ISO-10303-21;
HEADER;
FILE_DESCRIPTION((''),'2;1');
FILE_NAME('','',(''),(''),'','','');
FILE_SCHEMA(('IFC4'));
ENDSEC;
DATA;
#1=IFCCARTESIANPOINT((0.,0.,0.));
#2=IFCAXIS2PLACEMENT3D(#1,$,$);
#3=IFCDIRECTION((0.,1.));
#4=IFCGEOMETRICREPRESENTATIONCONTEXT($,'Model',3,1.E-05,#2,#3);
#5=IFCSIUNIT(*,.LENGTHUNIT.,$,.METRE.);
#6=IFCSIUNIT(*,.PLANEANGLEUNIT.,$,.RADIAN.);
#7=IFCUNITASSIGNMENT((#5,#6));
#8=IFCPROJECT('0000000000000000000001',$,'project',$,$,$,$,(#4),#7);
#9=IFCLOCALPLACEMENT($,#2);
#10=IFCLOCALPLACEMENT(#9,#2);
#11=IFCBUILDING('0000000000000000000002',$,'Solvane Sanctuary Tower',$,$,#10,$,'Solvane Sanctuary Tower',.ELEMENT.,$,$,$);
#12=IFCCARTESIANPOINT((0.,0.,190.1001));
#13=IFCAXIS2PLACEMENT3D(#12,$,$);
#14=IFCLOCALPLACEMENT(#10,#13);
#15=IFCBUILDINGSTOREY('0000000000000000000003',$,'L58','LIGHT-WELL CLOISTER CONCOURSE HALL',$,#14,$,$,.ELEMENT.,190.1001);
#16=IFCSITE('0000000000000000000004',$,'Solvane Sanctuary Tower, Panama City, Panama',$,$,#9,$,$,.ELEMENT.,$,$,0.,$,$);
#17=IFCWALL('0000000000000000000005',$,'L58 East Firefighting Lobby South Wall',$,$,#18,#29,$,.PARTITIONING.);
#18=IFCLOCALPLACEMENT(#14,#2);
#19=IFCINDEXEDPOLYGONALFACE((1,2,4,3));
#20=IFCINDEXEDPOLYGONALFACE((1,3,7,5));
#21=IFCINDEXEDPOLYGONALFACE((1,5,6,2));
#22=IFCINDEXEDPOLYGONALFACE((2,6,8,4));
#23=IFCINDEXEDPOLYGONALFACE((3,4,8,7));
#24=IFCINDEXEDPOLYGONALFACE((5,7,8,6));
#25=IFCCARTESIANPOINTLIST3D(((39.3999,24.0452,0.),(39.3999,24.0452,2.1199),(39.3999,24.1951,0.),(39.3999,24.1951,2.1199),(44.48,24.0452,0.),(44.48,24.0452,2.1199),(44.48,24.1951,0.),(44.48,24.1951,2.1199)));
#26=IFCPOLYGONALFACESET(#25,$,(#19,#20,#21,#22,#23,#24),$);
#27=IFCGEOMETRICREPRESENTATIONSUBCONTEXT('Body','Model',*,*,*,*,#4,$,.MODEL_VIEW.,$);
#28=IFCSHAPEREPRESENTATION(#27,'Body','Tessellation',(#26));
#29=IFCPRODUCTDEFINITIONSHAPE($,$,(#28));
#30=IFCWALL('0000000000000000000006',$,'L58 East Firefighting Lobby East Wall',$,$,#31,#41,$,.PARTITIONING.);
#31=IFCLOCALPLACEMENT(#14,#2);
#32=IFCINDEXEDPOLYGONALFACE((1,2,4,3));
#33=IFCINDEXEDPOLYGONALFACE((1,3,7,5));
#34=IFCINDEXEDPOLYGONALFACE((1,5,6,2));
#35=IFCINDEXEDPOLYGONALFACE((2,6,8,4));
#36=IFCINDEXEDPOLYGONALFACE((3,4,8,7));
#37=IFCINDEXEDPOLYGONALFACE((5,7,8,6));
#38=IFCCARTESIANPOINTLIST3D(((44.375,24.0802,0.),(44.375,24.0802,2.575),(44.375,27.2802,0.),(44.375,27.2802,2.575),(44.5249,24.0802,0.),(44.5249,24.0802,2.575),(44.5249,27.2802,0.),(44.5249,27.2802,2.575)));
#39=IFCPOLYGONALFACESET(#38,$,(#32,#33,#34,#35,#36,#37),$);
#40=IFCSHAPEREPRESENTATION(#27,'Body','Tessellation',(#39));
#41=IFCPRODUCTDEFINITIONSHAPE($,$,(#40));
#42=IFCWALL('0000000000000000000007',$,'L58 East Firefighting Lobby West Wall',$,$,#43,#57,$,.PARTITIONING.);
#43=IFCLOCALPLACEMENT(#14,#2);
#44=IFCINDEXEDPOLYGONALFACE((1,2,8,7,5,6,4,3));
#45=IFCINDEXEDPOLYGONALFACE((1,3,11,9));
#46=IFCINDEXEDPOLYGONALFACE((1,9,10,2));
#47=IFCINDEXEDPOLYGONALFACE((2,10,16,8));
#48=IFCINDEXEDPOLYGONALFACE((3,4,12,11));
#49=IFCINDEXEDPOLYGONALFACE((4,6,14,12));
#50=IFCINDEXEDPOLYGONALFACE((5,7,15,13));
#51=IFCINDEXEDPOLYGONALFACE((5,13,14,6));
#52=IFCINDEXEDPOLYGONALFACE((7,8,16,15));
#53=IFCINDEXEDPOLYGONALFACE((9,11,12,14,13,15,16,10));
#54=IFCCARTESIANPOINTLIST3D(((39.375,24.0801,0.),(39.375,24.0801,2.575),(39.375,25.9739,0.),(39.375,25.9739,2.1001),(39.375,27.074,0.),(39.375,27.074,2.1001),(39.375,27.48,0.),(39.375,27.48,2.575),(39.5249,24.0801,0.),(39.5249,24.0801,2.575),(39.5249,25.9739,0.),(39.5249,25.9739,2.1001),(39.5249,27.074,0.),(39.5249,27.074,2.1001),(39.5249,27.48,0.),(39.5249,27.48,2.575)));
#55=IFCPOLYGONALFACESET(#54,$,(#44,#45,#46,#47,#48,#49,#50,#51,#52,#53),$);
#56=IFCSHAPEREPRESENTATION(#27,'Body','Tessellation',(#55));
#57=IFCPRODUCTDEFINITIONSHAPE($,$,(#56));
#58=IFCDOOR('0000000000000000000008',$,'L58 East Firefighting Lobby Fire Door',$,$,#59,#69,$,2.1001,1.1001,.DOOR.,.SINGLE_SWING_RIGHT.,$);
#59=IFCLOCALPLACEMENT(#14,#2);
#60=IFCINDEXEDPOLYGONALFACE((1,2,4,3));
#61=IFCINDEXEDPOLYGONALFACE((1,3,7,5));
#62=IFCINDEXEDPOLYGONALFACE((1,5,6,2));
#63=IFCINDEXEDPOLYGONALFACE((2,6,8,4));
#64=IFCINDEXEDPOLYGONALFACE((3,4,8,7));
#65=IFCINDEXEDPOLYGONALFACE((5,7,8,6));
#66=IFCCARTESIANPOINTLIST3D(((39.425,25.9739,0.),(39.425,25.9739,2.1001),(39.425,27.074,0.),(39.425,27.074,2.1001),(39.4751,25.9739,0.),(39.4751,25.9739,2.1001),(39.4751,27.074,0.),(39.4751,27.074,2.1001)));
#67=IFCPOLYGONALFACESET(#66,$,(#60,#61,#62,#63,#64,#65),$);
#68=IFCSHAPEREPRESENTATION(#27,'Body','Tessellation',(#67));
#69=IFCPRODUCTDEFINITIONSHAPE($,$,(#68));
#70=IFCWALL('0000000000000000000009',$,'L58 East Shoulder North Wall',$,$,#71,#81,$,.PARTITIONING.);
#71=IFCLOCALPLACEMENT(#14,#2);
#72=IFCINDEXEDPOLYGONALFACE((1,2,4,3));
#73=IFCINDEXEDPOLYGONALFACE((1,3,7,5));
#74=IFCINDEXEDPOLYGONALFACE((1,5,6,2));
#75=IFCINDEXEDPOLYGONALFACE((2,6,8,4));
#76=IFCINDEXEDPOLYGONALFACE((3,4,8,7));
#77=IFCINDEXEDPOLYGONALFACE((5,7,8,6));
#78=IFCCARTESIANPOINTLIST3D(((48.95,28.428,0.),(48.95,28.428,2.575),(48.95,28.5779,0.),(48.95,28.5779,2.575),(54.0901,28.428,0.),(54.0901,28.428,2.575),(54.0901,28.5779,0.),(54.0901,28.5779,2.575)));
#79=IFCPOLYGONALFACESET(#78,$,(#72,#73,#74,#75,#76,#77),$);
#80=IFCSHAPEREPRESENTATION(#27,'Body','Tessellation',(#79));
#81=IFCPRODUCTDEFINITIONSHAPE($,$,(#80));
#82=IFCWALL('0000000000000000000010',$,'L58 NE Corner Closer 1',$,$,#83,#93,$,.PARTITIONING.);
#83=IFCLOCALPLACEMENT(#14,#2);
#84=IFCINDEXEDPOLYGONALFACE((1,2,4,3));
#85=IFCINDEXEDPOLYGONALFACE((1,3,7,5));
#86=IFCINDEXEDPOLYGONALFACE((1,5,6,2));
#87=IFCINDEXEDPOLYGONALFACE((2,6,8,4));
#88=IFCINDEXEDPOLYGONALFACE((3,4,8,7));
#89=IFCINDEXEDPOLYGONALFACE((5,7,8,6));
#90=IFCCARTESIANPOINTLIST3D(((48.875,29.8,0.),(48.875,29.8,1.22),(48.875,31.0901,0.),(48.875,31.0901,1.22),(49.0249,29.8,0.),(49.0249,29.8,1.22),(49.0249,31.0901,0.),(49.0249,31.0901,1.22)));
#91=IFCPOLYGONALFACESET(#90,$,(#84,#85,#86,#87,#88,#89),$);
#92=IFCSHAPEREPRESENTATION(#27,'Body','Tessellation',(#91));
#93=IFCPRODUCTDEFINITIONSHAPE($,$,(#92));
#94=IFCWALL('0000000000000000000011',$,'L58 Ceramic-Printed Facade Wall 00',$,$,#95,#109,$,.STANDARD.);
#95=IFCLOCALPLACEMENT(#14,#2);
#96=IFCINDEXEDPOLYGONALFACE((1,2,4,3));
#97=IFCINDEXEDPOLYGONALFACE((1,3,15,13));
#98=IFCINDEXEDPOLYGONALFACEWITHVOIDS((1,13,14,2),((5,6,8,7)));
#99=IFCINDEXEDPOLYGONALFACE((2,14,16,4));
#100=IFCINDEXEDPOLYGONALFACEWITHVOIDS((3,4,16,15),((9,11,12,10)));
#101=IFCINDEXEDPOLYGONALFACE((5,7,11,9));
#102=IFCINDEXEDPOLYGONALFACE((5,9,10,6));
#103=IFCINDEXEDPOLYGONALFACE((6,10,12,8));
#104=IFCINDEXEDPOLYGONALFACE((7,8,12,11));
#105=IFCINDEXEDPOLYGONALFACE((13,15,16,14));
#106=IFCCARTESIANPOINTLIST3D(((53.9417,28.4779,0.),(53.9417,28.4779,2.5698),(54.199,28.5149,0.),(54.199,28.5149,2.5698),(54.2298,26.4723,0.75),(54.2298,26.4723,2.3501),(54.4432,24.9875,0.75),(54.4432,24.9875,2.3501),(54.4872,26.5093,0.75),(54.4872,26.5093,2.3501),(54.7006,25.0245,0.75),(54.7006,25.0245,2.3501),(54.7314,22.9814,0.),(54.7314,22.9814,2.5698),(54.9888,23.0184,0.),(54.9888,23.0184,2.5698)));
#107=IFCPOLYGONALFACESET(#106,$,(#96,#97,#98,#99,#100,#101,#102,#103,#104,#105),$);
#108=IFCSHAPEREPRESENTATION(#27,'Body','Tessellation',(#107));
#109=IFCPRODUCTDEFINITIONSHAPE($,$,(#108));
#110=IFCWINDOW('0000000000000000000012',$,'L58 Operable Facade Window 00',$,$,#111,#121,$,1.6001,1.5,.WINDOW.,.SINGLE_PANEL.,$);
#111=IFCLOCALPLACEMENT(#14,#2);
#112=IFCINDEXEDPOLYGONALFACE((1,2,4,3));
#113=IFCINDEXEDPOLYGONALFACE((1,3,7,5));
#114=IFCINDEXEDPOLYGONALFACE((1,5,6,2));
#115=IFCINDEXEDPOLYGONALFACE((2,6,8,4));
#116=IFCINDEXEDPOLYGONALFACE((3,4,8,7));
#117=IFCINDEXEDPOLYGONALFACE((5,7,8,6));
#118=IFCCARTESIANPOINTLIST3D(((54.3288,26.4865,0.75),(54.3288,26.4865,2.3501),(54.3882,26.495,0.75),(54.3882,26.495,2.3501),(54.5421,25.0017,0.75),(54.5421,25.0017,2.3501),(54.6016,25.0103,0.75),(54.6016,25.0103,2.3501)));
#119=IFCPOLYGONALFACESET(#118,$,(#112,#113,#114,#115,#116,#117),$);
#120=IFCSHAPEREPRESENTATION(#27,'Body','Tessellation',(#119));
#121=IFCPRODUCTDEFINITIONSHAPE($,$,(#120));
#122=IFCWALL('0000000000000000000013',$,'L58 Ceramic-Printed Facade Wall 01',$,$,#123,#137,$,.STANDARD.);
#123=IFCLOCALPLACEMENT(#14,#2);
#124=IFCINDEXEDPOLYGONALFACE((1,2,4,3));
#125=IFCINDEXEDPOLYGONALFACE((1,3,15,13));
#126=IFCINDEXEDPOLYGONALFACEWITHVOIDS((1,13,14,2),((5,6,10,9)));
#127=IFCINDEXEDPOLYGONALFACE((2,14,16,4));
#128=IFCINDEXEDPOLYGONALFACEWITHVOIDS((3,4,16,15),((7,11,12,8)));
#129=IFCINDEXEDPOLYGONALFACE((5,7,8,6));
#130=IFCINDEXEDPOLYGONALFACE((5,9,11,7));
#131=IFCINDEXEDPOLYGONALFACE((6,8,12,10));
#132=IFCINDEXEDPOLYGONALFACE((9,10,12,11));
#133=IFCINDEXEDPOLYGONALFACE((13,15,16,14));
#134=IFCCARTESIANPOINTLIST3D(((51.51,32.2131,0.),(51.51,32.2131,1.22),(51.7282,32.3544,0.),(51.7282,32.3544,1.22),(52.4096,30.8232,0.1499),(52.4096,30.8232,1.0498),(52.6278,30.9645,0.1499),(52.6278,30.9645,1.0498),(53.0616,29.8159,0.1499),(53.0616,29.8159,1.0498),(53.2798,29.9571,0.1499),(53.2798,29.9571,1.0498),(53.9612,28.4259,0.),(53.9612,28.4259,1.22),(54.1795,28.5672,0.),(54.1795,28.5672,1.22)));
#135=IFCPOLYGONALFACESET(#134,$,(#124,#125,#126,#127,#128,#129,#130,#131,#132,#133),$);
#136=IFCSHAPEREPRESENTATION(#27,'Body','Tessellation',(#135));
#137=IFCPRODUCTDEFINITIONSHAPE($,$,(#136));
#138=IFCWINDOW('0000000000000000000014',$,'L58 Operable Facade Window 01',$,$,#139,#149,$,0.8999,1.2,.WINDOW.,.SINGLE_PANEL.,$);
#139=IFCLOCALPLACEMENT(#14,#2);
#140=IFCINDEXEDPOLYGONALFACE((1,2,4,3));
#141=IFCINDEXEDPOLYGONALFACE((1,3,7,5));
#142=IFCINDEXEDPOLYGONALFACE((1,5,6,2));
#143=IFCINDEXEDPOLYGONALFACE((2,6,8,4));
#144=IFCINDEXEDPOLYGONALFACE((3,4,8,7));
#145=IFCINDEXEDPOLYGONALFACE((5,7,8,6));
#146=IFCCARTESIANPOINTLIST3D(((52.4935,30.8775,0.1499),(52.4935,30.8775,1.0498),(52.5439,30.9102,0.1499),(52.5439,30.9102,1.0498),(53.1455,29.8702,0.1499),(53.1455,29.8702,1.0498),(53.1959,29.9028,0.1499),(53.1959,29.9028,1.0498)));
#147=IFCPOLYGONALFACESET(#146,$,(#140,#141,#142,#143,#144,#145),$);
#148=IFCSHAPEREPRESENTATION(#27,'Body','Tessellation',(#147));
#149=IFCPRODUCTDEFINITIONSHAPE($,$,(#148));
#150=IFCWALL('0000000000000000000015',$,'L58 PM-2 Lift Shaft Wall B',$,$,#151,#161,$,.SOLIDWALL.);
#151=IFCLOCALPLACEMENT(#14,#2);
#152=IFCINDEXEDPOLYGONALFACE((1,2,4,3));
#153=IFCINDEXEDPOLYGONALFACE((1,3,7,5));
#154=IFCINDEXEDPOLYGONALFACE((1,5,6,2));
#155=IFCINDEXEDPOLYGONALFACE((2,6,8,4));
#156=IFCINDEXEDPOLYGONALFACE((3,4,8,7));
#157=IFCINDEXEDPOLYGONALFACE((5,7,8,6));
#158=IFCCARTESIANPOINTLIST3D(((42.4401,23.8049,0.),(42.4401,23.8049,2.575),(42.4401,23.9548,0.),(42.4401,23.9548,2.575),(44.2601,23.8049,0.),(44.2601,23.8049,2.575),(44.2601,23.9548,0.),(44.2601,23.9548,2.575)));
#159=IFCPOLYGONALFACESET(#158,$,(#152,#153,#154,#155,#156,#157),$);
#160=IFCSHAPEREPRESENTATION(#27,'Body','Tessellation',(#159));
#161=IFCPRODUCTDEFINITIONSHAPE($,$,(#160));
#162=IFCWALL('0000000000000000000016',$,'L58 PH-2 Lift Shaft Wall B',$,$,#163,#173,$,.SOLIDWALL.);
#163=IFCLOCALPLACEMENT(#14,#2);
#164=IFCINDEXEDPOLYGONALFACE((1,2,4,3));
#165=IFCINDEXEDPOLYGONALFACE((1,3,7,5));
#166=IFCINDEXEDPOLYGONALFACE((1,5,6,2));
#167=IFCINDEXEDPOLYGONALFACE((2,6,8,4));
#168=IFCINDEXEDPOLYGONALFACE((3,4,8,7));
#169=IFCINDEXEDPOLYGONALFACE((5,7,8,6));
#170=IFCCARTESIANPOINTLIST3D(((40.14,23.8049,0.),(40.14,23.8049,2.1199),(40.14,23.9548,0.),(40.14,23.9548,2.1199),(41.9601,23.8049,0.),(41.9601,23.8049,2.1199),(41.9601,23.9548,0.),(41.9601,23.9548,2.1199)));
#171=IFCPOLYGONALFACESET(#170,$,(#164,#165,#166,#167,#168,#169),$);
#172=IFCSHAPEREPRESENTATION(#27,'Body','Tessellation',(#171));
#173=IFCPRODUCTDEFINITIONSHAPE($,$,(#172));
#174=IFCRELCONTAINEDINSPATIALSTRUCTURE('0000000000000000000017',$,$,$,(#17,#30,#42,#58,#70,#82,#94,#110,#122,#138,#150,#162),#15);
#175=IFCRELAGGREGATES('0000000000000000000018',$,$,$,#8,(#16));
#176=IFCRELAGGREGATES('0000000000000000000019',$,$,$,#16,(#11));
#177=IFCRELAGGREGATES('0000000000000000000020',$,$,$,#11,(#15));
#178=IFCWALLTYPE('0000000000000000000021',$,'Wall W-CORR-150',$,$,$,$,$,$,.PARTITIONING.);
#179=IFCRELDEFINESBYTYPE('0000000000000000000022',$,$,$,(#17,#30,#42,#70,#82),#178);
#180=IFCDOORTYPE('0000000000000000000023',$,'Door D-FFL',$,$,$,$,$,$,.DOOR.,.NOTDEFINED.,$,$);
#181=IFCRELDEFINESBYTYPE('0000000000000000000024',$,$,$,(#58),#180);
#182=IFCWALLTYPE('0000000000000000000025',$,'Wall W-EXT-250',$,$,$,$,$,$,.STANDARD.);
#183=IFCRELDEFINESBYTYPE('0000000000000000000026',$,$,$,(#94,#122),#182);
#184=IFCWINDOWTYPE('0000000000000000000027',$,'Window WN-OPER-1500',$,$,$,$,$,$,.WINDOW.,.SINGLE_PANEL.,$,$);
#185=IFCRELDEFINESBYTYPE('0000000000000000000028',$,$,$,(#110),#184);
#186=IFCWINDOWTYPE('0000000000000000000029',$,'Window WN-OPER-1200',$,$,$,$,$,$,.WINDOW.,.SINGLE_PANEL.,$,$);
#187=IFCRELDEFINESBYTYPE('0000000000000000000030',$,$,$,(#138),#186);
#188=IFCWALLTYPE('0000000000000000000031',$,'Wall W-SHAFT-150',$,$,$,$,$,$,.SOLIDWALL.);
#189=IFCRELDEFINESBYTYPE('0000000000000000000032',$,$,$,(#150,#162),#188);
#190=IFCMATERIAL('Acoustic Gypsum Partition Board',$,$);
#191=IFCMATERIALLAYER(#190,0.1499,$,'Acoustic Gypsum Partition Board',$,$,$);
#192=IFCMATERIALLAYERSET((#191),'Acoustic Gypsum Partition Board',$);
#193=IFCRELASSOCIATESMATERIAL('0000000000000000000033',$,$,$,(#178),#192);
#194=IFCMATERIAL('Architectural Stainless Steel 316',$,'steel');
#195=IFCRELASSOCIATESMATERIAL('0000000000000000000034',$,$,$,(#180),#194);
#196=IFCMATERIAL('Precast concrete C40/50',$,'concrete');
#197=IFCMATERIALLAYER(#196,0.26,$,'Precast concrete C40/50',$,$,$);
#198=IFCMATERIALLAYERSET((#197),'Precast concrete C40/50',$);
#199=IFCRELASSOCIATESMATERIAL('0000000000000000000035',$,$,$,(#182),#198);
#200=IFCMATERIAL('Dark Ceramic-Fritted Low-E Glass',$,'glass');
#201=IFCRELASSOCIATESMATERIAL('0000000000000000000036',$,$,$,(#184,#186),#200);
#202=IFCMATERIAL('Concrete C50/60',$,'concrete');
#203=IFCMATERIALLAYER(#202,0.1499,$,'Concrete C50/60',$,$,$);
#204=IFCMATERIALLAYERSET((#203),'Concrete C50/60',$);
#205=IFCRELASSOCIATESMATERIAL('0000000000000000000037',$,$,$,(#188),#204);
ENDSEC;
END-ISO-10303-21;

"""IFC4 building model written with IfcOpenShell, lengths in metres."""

from ifc_helpers import new_model, si_unit, direction, frame, frame_2d, origin, place, context, subcontext, project, spatial, rectangle, extrude, material, layer, layer_set, type_object, element, fill, save


model = new_model("IFC4")

# Units and contexts
model_context = context("Model", 3, precision=1e-05, world=origin(), true_north=direction((0.0, 1.0)))
body_context = subcontext(model_context, "Body", "Model", "MODEL_VIEW")
ifc_project = project(units=[si_unit("LENGTHUNIT", "METRE"), si_unit("PLANEANGLEUNIT", "RADIAN")], contexts=[model_context])

# Site, building, storey
site_placement = place(None, origin())
site = spatial("IfcSite", under=ifc_project, at=site_placement, Name="Solvane Sanctuary Tower, Panama City, Panama", CompositionType="ELEMENT", RefElevation=0.0)
building_placement = place(site_placement, origin())
building = spatial("IfcBuilding", under=site, at=building_placement, Name="Solvane Sanctuary Tower", LongName="Solvane Sanctuary Tower", CompositionType="ELEMENT")
storey_placement = place(building_placement, frame((0.0, 0.0, 190.1001)))
storey = spatial("IfcBuildingStorey", under=building, at=storey_placement, Name="L58", Description="LIGHT-WELL CLOISTER CONCOURSE HALL", CompositionType="ELEMENT", Elevation=190.1001)

# Walls
ifc_material_1 = material(Name="Acoustic Gypsum Partition Board")
ifc_layer_1 = layer(ifc_material_1, 0.1499, Name="Acoustic Gypsum Partition Board")
ifc_layer_set_1 = layer_set([ifc_layer_1], Name="Acoustic Gypsum Partition Board")
wall_type_1 = type_object("IfcWallType", Name="Wall W-CORR-150", PredefinedType="PARTITIONING", material=ifc_layer_set_1)
wall_1_placement = place(storey_placement, frame((39.3999, 24.1201, 0.0), z_axis=(0.0, 0.0, 1.0), x_axis=(1.0, 0.0, 0.0)))
element("IfcWall", 1, at=wall_1_placement, inside=storey, type_object=wall_type_1, Name="L58 East Firefighting Lobby South Wall", PredefinedType="PARTITIONING", context=body_context, shape_type="SweptSolid", body=[
    extrude(rectangle(XDim=5.0801, YDim=0.1499, at=frame_2d((2.54, 0.0))), origin(), (0.0, 0.0, 1.0), 2.1199),
])
wall_2_placement = place(storey_placement, frame((44.45, 24.0801, 0.0), z_axis=(0.0, 0.0, 1.0), x_axis=(0.0, 1.0, 0.0)))
element("IfcWall", 2, at=wall_2_placement, inside=storey, type_object=wall_type_1, Name="L58 East Firefighting Lobby East Wall", PredefinedType="PARTITIONING", context=body_context, shape_type="SweptSolid", body=[
    extrude(rectangle(XDim=3.2, YDim=0.1499, at=frame_2d((1.6001, 0.0))), origin(), (0.0, 0.0, 1.0), 2.575),
])

# Wall, opening, door
wall_3_placement = place(storey_placement, frame((39.45, 24.0801, 0.0), z_axis=(0.0, 0.0, 1.0), x_axis=(0.0, 1.0, 0.0)))
wall_3 = element("IfcWall", 3, at=wall_3_placement, inside=storey, type_object=wall_type_1, Name="L58 East Firefighting Lobby West Wall", PredefinedType="PARTITIONING", context=body_context, shape_type="SweptSolid", body=[
    extrude(rectangle(XDim=3.3999, YDim=0.1499, at=frame_2d((1.7, 0.0))), origin(), (0.0, 0.0, 1.0), 2.575),
])
opening_1_placement = place(wall_3_placement, frame((1.8938, 0.0, 0.0)))
opening_1 = element("IfcOpeningElement", 4, at=opening_1_placement, cuts=wall_3, PredefinedType="OPENING", context=body_context, shape_type="SweptSolid", body=[
    extrude(rectangle(XDim=1.1001, YDim=2.1001, at=frame_2d((0.55, 1.05))), frame((0.0, 0.085, 0.0), z_axis=(0.0, -1.0, 0.0), x_axis=(1.0, 0.0, 0.0)), (0.0, 0.0, 1.0), 0.1699),
])
ifc_material_2 = material(Name="Architectural Stainless Steel 316", Category="steel")
door_type_1 = type_object("IfcDoorType", Name="Door D-FFL", OperationType="NOTDEFINED", PredefinedType="DOOR", material=ifc_material_2)
door_1_placement = place(opening_1_placement, origin())
door_1 = element("IfcDoor", 5, at=door_1_placement, inside=storey, type_object=door_type_1, Name="L58 East Firefighting Lobby Fire Door", OperationType="SINGLE_SWING_RIGHT", OverallHeight=2.1001, OverallWidth=1.1001, PredefinedType="DOOR", context=body_context, shape_type="SweptSolid", body=[
    extrude(rectangle(XDim=1.1001, YDim=2.1001, at=frame_2d((0.55, 1.05))), frame((0.0, 0.0249, 0.0), z_axis=(0.0, -1.0, 0.0), x_axis=(1.0, 0.0, 0.0)), (0.0, 0.0, 1.0), 0.05),
])
fill(opening_1, door_1)

# Walls
wall_4_placement = place(storey_placement, frame((48.95, 28.5029, 0.0), z_axis=(0.0, 0.0, 1.0), x_axis=(1.0, 0.0, 0.0)))
element("IfcWall", 6, at=wall_4_placement, inside=storey, type_object=wall_type_1, Name="L58 East Shoulder North Wall", PredefinedType="PARTITIONING", context=body_context, shape_type="SweptSolid", body=[
    extrude(rectangle(XDim=5.1401, YDim=0.1499, at=frame_2d((2.5701, 0.0))), origin(), (0.0, 0.0, 1.0), 2.575),
])
wall_5_placement = place(storey_placement, frame((48.95, 29.8, 0.0), z_axis=(0.0, 0.0, 1.0), x_axis=(0.0, 1.0, 0.0)))
element("IfcWall", 7, at=wall_5_placement, inside=storey, type_object=wall_type_1, Name="L58 NE Corner Closer 1", PredefinedType="PARTITIONING", context=body_context, shape_type="SweptSolid", body=[
    extrude(rectangle(XDim=1.29, YDim=0.1499, at=frame_2d((0.645, 0.0))), origin(), (0.0, 0.0, 1.0), 1.22),
])

# Walls, openings, windows
ifc_material_3 = material(Name="Precast concrete C40/50", Category="concrete")
ifc_layer_2 = layer(ifc_material_3, 0.26, Name="Precast concrete C40/50")
ifc_layer_set_2 = layer_set([ifc_layer_2], Name="Precast concrete C40/50")
wall_type_2 = type_object("IfcWallType", Name="Wall W-EXT-250", PredefinedType="STANDARD", material=ifc_layer_set_2)
wall_6_placement = place(storey_placement, frame((54.8601, 23.0, 0.0), z_axis=(0.0, 0.0, 1.0), x_axis=(-0.142228, 0.989834, 0.0)))
wall_6 = element("IfcWall", 8, at=wall_6_placement, inside=storey, type_object=wall_type_2, Name="L58 Ceramic-Printed Facade Wall 00", PredefinedType="STANDARD", context=body_context, shape_type="SweptSolid", body=[
    extrude(rectangle(XDim=5.553, YDim=0.26, at=frame_2d((2.7764, 0.0))), origin(), (0.0, 0.0, 1.0), 2.5698),
])
opening_2_placement = place(wall_6_placement, frame((2.0266, 0.0, 0.75)))
opening_2 = element("IfcOpeningElement", 9, at=opening_2_placement, cuts=wall_6, PredefinedType="OPENING", context=body_context, shape_type="SweptSolid", body=[
    extrude(rectangle(XDim=1.5, YDim=1.6001, at=frame_2d((0.75, 0.8))), frame((0.0, 0.1399, 0.0), z_axis=(0.0, -1.0, 0.0), x_axis=(1.0, 0.0, 0.0)), (0.0, 0.0, 1.0), 0.28),
])
ifc_material_4 = material(Name="Dark Ceramic-Fritted Low-E Glass", Category="glass")
window_type_1 = type_object("IfcWindowType", Name="Window WN-OPER-1500", PartitioningType="SINGLE_PANEL", PredefinedType="WINDOW", material=ifc_material_4)
window_1_placement = place(opening_2_placement, origin())
window_1 = element("IfcWindow", 10, at=window_1_placement, inside=storey, type_object=window_type_1, Name="L58 Operable Facade Window 00", OverallHeight=1.6001, OverallWidth=1.5, PartitioningType="SINGLE_PANEL", PredefinedType="WINDOW", context=body_context, shape_type="SweptSolid", body=[
    extrude(rectangle(XDim=1.5, YDim=1.6001, at=frame_2d((0.75, 0.8))), frame((0.0, 0.03, 0.0), z_axis=(0.0, -1.0, 0.0), x_axis=(1.0, 0.0, 0.0)), (0.0, 0.0, 1.0), 0.0601),
])
fill(opening_2, window_1)
wall_7_placement = place(storey_placement, frame((54.0703, 28.4966, 0.0), z_axis=(0.0, 0.0, 1.0), x_axis=(-0.543359, 0.8395, 0.0)))
wall_7 = element("IfcWall", 11, at=wall_7_placement, inside=storey, type_object=wall_type_2, Name="L58 Ceramic-Printed Facade Wall 01", PredefinedType="STANDARD", context=body_context, shape_type="SweptSolid", body=[
    extrude(rectangle(XDim=4.5112, YDim=0.26, at=frame_2d((2.2556, 0.0))), origin(), (0.0, 0.0, 1.0), 1.22),
])
opening_3_placement = place(wall_7_placement, frame((1.6555, 0.0, 0.1499)))
opening_3 = element("IfcOpeningElement", 12, at=opening_3_placement, cuts=wall_7, PredefinedType="OPENING", context=body_context, shape_type="SweptSolid", body=[
    extrude(rectangle(XDim=1.2, YDim=0.8999, at=frame_2d((0.6001, 0.45))), frame((0.0, 0.1399, 0.0), z_axis=(0.0, -1.0, 0.0), x_axis=(1.0, 0.0, 0.0)), (0.0, 0.0, 1.0), 0.28),
])
window_type_2 = type_object("IfcWindowType", Name="Window WN-OPER-1200", PartitioningType="SINGLE_PANEL", PredefinedType="WINDOW", material=ifc_material_4)
window_2_placement = place(opening_3_placement, origin())
window_2 = element("IfcWindow", 13, at=window_2_placement, inside=storey, type_object=window_type_2, Name="L58 Operable Facade Window 01", OverallHeight=0.8999, OverallWidth=1.2, PartitioningType="SINGLE_PANEL", PredefinedType="WINDOW", context=body_context, shape_type="SweptSolid", body=[
    extrude(rectangle(XDim=1.2, YDim=0.8999, at=frame_2d((0.6001, 0.45))), frame((0.0, 0.03, 0.0), z_axis=(0.0, -1.0, 0.0), x_axis=(1.0, 0.0, 0.0)), (0.0, 0.0, 1.0), 0.0601),
])
fill(opening_3, window_2)

# Walls
ifc_material_5 = material(Name="Concrete C50/60", Category="concrete")
ifc_layer_3 = layer(ifc_material_5, 0.1499, Name="Concrete C50/60")
ifc_layer_set_3 = layer_set([ifc_layer_3], Name="Concrete C50/60")
wall_type_3 = type_object("IfcWallType", Name="Wall W-SHAFT-150", PredefinedType="SOLIDWALL", material=ifc_layer_set_3)
wall_8_placement = place(storey_placement, frame((42.4399, 23.8799, 0.0), z_axis=(0.0, 0.0, 1.0), x_axis=(1.0, 0.0, 0.0)))
element("IfcWall", 14, at=wall_8_placement, inside=storey, type_object=wall_type_3, Name="L58 PM-2 Lift Shaft Wall B", PredefinedType="SOLIDWALL", context=body_context, shape_type="SweptSolid", body=[
    extrude(rectangle(XDim=1.8201, YDim=0.1499, at=frame_2d((0.9102, 0.0))), origin(), (0.0, 0.0, 1.0), 2.575),
])
wall_9_placement = place(storey_placement, frame((40.1399, 23.8799, 0.0), z_axis=(0.0, 0.0, 1.0), x_axis=(1.0, 0.0, 0.0)))
element("IfcWall", 15, at=wall_9_placement, inside=storey, type_object=wall_type_3, Name="L58 PH-2 Lift Shaft Wall B", PredefinedType="SOLIDWALL", context=body_context, shape_type="SweptSolid", body=[
    extrude(rectangle(XDim=1.8201, YDim=0.1499, at=frame_2d((0.9102, 0.0))), origin(), (0.0, 0.0, 1.0), 2.1199),
])

save(model, "model.ifc")
